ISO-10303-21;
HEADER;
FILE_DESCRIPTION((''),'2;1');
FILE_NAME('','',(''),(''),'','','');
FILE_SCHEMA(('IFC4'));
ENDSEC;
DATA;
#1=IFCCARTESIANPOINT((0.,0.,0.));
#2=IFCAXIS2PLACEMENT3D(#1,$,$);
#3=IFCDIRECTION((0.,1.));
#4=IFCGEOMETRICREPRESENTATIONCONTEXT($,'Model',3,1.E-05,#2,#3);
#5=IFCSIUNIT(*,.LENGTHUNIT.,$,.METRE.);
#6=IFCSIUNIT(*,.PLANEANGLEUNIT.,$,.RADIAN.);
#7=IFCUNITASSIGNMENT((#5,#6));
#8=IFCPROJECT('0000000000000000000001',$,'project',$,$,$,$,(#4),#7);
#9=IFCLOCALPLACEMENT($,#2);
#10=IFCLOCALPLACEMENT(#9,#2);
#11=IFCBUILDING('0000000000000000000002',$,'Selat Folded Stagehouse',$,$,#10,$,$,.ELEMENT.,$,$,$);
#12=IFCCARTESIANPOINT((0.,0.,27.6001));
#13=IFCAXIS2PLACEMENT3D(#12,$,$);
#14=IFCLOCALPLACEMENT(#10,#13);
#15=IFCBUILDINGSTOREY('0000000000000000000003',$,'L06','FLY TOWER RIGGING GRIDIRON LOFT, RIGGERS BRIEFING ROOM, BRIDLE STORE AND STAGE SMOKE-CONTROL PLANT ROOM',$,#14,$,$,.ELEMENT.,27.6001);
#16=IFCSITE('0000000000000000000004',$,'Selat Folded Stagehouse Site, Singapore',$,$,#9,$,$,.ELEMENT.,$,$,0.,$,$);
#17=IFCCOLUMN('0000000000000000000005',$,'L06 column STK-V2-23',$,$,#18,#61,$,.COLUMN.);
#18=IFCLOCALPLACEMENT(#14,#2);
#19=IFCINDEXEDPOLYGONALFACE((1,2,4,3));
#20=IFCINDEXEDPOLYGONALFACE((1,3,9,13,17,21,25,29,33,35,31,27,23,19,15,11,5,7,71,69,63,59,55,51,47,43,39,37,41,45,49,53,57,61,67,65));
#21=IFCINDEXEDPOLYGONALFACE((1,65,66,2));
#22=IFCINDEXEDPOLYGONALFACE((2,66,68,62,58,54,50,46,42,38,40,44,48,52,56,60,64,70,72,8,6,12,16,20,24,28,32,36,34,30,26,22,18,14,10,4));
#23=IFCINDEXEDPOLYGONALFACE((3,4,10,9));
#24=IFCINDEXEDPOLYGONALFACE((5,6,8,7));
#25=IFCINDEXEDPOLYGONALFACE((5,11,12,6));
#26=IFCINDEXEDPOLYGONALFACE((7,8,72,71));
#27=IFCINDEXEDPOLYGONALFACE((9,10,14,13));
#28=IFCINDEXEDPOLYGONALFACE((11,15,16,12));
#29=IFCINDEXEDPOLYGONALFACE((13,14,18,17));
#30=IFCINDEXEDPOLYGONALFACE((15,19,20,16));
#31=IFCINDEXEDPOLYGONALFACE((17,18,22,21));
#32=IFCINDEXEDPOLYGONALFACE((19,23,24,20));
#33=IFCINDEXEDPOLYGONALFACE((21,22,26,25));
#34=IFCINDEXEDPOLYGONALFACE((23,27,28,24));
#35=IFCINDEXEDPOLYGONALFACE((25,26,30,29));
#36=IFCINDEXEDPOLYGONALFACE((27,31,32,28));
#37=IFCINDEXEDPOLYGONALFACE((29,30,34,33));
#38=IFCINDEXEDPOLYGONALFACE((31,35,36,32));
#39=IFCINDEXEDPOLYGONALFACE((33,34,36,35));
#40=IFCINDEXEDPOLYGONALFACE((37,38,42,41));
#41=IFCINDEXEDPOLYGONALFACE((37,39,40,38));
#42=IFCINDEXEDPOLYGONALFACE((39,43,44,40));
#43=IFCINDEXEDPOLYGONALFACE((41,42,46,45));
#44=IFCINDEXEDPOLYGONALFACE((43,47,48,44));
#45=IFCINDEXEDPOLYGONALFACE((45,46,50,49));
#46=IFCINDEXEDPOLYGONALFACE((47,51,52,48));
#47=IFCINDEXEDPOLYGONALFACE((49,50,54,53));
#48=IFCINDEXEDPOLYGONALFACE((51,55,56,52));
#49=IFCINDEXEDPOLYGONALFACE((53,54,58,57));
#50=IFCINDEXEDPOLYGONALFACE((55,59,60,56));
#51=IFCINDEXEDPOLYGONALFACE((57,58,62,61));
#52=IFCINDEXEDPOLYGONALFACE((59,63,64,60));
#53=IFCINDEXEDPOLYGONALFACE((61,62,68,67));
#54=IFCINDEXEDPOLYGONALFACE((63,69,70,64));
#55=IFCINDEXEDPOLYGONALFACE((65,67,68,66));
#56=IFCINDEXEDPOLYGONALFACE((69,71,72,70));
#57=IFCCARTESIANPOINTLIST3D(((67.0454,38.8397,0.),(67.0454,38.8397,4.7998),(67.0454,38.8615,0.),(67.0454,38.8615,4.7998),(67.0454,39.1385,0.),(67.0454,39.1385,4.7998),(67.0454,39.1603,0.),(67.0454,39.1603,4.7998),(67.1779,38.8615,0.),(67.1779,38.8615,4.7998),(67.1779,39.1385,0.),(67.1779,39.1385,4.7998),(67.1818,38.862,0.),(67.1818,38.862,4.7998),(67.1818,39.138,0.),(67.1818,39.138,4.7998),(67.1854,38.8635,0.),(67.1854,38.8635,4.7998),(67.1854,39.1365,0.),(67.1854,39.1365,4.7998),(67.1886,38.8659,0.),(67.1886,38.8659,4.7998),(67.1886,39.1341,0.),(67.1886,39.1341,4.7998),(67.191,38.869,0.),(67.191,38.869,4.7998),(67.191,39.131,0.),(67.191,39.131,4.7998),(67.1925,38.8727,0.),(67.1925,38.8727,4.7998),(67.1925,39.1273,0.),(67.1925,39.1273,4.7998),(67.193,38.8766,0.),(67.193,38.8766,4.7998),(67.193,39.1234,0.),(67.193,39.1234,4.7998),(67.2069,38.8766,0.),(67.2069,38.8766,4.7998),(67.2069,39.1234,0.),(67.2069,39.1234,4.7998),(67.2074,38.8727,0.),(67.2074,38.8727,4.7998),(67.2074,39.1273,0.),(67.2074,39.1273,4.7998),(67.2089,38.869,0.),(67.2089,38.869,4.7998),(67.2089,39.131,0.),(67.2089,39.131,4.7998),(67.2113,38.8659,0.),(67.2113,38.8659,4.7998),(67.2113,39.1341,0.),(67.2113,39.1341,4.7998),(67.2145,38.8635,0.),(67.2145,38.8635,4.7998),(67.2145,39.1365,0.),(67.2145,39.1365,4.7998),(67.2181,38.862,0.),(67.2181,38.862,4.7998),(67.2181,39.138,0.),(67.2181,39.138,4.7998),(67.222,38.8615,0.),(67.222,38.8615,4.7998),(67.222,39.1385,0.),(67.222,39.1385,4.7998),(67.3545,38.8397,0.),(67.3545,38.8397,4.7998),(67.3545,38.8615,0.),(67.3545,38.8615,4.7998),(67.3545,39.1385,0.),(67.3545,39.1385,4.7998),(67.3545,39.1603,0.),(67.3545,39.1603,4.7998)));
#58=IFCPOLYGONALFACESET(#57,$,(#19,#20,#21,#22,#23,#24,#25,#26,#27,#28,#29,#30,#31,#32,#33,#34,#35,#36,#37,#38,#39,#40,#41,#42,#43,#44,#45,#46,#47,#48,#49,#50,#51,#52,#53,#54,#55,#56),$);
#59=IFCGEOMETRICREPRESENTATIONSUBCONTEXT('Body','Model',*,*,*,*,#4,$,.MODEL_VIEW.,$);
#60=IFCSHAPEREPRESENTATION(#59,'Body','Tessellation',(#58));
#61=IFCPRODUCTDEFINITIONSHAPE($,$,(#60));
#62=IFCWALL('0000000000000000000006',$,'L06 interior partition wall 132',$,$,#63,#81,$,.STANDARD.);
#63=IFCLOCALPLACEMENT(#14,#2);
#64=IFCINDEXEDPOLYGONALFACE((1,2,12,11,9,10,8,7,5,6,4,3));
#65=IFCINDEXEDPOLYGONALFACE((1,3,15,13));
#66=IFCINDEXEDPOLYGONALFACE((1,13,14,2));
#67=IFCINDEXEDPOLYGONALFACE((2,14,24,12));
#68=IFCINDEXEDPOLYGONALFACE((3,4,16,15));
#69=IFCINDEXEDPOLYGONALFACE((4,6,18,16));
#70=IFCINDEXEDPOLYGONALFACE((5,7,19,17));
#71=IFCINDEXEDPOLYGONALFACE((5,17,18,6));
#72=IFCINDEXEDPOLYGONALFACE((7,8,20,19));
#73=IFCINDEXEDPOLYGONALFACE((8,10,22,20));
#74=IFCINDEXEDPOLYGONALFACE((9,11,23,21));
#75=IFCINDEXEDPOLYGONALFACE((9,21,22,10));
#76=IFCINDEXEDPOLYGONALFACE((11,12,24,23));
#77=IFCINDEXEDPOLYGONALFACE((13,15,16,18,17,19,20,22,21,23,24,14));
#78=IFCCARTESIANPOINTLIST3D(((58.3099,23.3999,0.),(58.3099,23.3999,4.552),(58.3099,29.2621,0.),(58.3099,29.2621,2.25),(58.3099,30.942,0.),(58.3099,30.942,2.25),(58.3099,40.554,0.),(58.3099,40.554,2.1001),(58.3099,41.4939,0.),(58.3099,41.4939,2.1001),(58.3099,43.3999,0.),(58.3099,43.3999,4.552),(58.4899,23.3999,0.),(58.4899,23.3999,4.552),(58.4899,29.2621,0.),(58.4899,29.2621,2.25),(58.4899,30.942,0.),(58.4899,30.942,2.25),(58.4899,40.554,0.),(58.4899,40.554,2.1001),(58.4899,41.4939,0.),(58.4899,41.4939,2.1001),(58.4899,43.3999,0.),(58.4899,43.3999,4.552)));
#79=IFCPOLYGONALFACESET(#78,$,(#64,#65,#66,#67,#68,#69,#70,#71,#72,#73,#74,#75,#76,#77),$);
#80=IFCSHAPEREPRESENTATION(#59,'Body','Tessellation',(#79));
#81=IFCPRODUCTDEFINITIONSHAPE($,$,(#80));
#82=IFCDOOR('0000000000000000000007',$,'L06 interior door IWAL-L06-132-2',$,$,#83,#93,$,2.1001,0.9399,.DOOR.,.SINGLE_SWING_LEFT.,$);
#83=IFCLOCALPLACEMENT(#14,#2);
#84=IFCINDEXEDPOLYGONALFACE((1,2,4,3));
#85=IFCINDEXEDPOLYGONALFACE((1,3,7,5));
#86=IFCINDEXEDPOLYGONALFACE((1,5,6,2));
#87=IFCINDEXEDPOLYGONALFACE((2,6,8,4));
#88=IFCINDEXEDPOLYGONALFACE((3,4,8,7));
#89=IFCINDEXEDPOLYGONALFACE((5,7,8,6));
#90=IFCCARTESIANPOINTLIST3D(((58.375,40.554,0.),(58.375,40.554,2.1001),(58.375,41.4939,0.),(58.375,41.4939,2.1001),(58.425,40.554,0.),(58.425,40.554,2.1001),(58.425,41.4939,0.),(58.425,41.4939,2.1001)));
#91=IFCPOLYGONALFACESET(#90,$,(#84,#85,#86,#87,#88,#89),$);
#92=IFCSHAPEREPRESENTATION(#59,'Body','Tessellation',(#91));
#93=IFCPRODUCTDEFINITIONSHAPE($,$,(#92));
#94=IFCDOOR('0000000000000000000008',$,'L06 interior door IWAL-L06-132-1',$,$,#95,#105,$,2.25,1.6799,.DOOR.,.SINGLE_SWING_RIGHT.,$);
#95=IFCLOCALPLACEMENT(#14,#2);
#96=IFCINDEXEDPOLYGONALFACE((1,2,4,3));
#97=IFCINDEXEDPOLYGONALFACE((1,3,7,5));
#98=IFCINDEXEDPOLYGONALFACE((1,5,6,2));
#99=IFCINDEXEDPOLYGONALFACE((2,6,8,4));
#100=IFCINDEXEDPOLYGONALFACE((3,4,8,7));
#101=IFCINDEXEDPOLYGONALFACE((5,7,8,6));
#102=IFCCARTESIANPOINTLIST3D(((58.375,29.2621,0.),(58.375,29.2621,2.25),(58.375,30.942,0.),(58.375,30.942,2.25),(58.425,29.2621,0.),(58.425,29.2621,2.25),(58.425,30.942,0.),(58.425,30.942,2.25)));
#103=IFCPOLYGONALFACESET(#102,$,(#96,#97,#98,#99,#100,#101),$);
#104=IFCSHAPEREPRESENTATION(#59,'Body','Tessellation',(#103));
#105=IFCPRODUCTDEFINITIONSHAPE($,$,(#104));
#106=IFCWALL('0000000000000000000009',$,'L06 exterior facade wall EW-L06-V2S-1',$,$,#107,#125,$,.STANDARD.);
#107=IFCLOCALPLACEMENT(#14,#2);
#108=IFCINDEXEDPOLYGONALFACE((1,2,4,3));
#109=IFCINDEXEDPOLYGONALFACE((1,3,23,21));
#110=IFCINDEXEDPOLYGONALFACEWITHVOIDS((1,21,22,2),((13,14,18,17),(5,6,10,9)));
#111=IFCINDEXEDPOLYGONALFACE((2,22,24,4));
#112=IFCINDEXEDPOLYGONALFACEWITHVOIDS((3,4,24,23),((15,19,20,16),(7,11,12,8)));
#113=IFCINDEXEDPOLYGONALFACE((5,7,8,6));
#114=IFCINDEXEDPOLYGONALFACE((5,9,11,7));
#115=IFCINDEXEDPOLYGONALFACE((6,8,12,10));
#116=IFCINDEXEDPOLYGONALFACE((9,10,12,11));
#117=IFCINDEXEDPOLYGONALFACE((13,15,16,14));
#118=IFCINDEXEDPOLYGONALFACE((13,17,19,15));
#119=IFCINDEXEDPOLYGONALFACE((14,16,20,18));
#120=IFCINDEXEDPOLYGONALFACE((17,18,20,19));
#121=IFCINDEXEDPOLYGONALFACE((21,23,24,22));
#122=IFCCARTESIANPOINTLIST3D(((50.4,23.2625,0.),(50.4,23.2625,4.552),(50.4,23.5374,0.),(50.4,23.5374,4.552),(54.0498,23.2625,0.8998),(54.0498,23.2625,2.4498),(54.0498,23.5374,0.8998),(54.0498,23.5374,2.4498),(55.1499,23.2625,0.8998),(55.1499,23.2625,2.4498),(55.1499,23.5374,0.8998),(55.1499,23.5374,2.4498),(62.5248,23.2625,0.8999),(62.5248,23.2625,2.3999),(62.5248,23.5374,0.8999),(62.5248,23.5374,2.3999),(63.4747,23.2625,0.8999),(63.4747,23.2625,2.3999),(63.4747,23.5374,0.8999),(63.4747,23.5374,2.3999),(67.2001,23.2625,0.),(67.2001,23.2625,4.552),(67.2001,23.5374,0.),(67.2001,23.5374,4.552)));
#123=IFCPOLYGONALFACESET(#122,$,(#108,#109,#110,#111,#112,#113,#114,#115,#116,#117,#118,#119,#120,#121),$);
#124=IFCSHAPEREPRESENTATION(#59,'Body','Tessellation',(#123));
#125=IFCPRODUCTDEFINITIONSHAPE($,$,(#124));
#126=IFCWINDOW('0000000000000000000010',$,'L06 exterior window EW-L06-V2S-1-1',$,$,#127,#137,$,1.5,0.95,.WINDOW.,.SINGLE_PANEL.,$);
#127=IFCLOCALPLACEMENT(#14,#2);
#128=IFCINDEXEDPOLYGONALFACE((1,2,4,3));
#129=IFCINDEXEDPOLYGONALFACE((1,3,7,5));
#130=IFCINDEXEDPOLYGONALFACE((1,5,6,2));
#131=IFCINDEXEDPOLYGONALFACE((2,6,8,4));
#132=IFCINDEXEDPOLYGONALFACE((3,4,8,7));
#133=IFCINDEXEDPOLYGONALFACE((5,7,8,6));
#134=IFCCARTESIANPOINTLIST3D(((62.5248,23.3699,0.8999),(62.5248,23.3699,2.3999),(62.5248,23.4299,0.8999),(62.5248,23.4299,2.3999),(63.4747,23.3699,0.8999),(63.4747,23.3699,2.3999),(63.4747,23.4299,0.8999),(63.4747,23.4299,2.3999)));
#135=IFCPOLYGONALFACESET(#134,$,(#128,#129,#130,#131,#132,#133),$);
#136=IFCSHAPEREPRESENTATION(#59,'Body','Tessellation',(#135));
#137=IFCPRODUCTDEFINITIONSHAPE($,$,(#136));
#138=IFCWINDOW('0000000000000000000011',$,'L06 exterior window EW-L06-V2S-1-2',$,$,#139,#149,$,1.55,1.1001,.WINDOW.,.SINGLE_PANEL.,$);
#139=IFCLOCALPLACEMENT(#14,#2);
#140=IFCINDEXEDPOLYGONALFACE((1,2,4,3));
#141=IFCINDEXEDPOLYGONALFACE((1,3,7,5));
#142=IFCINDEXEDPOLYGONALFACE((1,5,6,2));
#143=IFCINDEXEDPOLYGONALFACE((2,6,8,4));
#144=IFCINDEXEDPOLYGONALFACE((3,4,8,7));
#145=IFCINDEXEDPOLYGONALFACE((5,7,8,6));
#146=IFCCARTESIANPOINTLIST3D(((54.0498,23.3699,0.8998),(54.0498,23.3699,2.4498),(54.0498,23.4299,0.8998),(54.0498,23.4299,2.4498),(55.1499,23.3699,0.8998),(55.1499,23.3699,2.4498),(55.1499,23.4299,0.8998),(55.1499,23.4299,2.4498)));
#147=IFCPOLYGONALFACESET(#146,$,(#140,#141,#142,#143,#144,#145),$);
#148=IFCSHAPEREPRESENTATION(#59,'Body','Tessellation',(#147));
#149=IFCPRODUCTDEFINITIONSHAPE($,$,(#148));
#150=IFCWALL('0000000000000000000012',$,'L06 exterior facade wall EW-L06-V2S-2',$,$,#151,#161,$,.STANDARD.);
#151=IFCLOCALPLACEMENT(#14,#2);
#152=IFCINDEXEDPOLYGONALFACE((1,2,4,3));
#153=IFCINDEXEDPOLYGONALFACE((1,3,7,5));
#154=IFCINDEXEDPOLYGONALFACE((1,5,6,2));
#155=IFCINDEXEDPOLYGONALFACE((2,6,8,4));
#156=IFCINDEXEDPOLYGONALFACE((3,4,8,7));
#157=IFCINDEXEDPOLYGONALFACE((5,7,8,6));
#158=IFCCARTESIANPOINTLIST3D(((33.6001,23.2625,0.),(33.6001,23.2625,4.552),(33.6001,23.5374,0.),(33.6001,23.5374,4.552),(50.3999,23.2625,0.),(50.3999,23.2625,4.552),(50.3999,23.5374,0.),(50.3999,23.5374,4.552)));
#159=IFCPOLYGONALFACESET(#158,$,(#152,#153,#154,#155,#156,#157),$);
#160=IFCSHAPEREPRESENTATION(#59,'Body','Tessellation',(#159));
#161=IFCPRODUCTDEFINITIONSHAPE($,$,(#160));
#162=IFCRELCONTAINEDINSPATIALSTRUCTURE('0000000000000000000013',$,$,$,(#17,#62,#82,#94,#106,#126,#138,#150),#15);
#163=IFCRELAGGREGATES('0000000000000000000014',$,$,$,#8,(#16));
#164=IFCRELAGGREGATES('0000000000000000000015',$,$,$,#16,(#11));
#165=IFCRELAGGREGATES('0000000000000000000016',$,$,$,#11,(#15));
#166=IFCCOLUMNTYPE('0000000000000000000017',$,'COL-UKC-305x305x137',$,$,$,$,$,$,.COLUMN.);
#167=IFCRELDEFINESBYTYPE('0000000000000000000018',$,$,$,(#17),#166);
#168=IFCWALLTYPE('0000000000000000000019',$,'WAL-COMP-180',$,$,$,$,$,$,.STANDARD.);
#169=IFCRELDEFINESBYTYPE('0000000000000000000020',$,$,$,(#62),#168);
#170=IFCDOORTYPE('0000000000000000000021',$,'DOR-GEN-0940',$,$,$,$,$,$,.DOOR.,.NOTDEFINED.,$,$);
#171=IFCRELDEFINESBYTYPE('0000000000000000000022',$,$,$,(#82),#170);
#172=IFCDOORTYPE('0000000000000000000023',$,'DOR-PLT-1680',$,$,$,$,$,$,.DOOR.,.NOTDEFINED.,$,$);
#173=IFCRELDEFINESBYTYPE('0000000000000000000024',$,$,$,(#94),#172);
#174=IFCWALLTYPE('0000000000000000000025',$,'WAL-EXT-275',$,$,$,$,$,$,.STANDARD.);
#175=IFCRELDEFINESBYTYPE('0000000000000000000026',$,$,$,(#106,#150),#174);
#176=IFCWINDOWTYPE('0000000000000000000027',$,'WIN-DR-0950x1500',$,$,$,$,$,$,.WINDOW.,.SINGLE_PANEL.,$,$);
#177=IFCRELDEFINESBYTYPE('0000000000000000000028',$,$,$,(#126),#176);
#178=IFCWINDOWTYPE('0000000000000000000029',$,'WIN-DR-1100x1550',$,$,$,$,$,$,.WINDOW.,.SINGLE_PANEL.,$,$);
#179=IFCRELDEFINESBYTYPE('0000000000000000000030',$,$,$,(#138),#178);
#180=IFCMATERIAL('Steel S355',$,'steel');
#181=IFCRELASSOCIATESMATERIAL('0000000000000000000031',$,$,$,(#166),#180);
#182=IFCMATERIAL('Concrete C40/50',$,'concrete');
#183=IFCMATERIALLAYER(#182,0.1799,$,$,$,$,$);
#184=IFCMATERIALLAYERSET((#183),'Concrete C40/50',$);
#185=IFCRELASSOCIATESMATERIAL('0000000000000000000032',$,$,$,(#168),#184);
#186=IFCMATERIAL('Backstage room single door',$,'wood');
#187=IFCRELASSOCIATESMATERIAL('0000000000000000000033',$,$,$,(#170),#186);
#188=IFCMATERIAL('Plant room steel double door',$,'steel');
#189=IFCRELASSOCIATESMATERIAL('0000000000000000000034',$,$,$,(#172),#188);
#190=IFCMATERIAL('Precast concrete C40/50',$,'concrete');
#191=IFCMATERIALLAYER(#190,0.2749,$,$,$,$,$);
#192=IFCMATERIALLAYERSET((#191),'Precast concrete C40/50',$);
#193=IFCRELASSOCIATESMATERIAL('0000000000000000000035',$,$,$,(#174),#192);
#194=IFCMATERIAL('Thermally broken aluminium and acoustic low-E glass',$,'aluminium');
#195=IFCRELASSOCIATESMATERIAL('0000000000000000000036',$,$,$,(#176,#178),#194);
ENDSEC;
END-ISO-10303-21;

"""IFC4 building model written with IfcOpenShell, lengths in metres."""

from ifc_helpers import new_model, si_unit, direction, frame, frame_2d, origin, origin_2d, place, context, subcontext, project, spatial, rectangle, i_section, extrude, material, layer, layer_set, material_profile, profile_set, type_object, element, fill, save


model = new_model("IFC4")

# Units and contexts
model_context = context("Model", 3, precision=1e-05, world=origin(), true_north=direction((0.0, 1.0)))
body_context = subcontext(model_context, "Body", "Model", "MODEL_VIEW")
ifc_project = project(units=[si_unit("LENGTHUNIT", "METRE"), si_unit("PLANEANGLEUNIT", "RADIAN")], contexts=[model_context])

# Site, building, storey
site_placement = place(None, origin())
site = spatial("IfcSite", under=ifc_project, at=site_placement, Name="Selat Folded Stagehouse Site, Singapore", CompositionType="ELEMENT", RefElevation=0.0)
building_placement = place(site_placement, origin())
building = spatial("IfcBuilding", under=site, at=building_placement, Name="Selat Folded Stagehouse", CompositionType="ELEMENT")
storey_placement = place(building_placement, frame((0.0, 0.0, 27.6001)))
storey = spatial("IfcBuildingStorey", under=building, at=storey_placement, Name="L06", Description="FLY TOWER RIGGING GRIDIRON LOFT, RIGGERS BRIEFING ROOM, BRIDLE STORE AND STAGE SMOKE-CONTROL PLANT ROOM", CompositionType="ELEMENT", Elevation=27.6001)

# Column
ifc_material_1 = material(Name="Steel S355", Category="steel")
ifc_material_profile = material_profile(ifc_material_1, i_section(OverallWidth=0.3091, OverallDepth=0.3206, WebThickness=0.0139, FlangeThickness=0.0217, FilletRadius=0.0151, at=origin_2d()), Name="UKC 305x305x137")
ifc_profile_set = profile_set([ifc_material_profile], Name="Steel S355")
column_type = type_object("IfcColumnType", Name="COL-UKC-305x305x137", PredefinedType="COLUMN", material=ifc_profile_set)
for number, where, z_axis, x_axis, name in (
    (1, (67.2, 39.0, 0.0), (0.0, 0.0, 1.0), (1.0, 0.0, 0.0), "L06 column STK-V2-23"),
):
    element("IfcColumn", number, at=place(storey_placement, frame(where, z_axis=z_axis, x_axis=x_axis)), inside=storey, type_object=column_type, Name=name, PredefinedType="COLUMN", context=body_context, shape_type="SweptSolid", body=[
        extrude(i_section(OverallWidth=0.3091, OverallDepth=0.3206, WebThickness=0.0139, FlangeThickness=0.0217, FilletRadius=0.0151, at=origin_2d()), origin(), (0.0, 0.0, 1.0), 4.7998),
    ])

# Wall, openings, doors
ifc_material_2 = material(Name="Concrete C40/50", Category="concrete")
ifc_layer_1 = layer(ifc_material_2, 0.1799)
ifc_layer_set_1 = layer_set([ifc_layer_1], Name="Concrete C40/50")
wall_type_1 = type_object("IfcWallType", Name="WAL-COMP-180", PredefinedType="STANDARD", material=ifc_layer_set_1)
wall_1_placement = place(storey_placement, frame((58.3999, 23.3999, 0.0), z_axis=(0.0, 0.0, 1.0), x_axis=(0.0, 1.0, 0.0)))
wall_1 = element("IfcWall", 2, at=wall_1_placement, inside=storey, type_object=wall_type_1, Name="L06 interior partition wall 132", PredefinedType="STANDARD", context=body_context, shape_type="SweptSolid", body=[
    extrude(rectangle(XDim=20.0, YDim=0.1799, at=frame_2d((10.0, 0.0))), origin(), (0.0, 0.0, 1.0), 4.552),
])
opening_1_placement = place(wall_1_placement, frame((5.8623, 0.0, 0.0)))
opening_1 = element("IfcOpeningElement", 3, at=opening_1_placement, cuts=wall_1, PredefinedType="OPENING", context=body_context, shape_type="SweptSolid", body=[
    extrude(rectangle(XDim=1.6799, YDim=2.25, at=frame_2d((0.8398, 1.125))), frame((0.0, 0.0999, 0.0), z_axis=(0.0, -1.0, 0.0), x_axis=(1.0, 0.0, 0.0)), (0.0, 0.0, 1.0), 0.2),
])
opening_2_placement = place(wall_1_placement, frame((17.1541, 0.0, 0.0)))
opening_2 = element("IfcOpeningElement", 4, at=opening_2_placement, cuts=wall_1, PredefinedType="OPENING", context=body_context, shape_type="SweptSolid", body=[
    extrude(rectangle(XDim=0.9399, YDim=2.1001, at=frame_2d((0.47, 1.05))), frame((0.0, 0.0999, 0.0), z_axis=(0.0, -1.0, 0.0), x_axis=(1.0, 0.0, 0.0)), (0.0, 0.0, 1.0), 0.2),
])
ifc_material_3 = material(Name="Backstage room single door", Category="wood")
door_type_1 = type_object("IfcDoorType", Name="DOR-GEN-0940", OperationType="NOTDEFINED", PredefinedType="DOOR", material=ifc_material_3)
door_1_placement = place(opening_2_placement, origin())
door_1 = element("IfcDoor", 5, at=door_1_placement, inside=storey, type_object=door_type_1, Name="L06 interior door IWAL-L06-132-2", OperationType="SINGLE_SWING_LEFT", OverallHeight=2.1001, OverallWidth=0.9399, PredefinedType="DOOR", context=body_context, shape_type="SweptSolid", body=[
    extrude(rectangle(XDim=0.9399, YDim=2.1001, at=frame_2d((0.47, 1.05))), frame((0.0, 0.0249, 0.0), z_axis=(0.0, -1.0, 0.0), x_axis=(1.0, 0.0, 0.0)), (0.0, 0.0, 1.0), 0.05),
])
fill(opening_2, door_1)
ifc_material_4 = material(Name="Plant room steel double door", Category="steel")
door_type_2 = type_object("IfcDoorType", Name="DOR-PLT-1680", OperationType="NOTDEFINED", PredefinedType="DOOR", material=ifc_material_4)
door_2_placement = place(opening_1_placement, origin())
door_2 = element("IfcDoor", 6, at=door_2_placement, inside=storey, type_object=door_type_2, Name="L06 interior door IWAL-L06-132-1", OperationType="SINGLE_SWING_RIGHT", OverallHeight=2.25, OverallWidth=1.6799, PredefinedType="DOOR", context=body_context, shape_type="SweptSolid", body=[
    extrude(rectangle(XDim=1.6799, YDim=2.25, at=frame_2d((0.8398, 1.125))), frame((0.0, 0.0249, 0.0), z_axis=(0.0, -1.0, 0.0), x_axis=(1.0, 0.0, 0.0)), (0.0, 0.0, 1.0), 0.05),
])
fill(opening_1, door_2)

# Wall, openings, windows
ifc_material_5 = material(Name="Precast concrete C40/50", Category="concrete")
ifc_layer_2 = layer(ifc_material_5, 0.2749)
ifc_layer_set_2 = layer_set([ifc_layer_2], Name="Precast concrete C40/50")
wall_type_2 = type_object("IfcWallType", Name="WAL-EXT-275", PredefinedType="STANDARD", material=ifc_layer_set_2)
wall_2_placement = place(storey_placement, frame((67.2, 23.3999, 0.0), z_axis=(0.0, 0.0, 1.0), x_axis=(-1.0, 0.0, 0.0)))
wall_2 = element("IfcWall", 7, at=wall_2_placement, inside=storey, type_object=wall_type_2, Name="L06 exterior facade wall EW-L06-V2S-1", PredefinedType="STANDARD", context=body_context, shape_type="SweptSolid", body=[
    extrude(rectangle(XDim=16.8, YDim=0.2749, at=frame_2d((8.3999, 0.0))), origin(), (0.0, 0.0, 1.0), 4.552),
])
opening_3_placement = place(wall_2_placement, frame((3.7251, 0.0, 0.8999)))
opening_3 = element("IfcOpeningElement", 8, at=opening_3_placement, cuts=wall_2, PredefinedType="OPENING", context=body_context, shape_type="SweptSolid", body=[
    extrude(rectangle(XDim=0.95, YDim=1.5, at=frame_2d((0.4751, 0.75))), frame((0.0, 0.1475, 0.0), z_axis=(0.0, -1.0, 0.0), x_axis=(1.0, 0.0, 0.0)), (0.0, 0.0, 1.0), 0.2949),
])
opening_4_placement = place(wall_2_placement, frame((12.05, 0.0, 0.8999)))
opening_4 = element("IfcOpeningElement", 9, at=opening_4_placement, cuts=wall_2, PredefinedType="OPENING", context=body_context, shape_type="SweptSolid", body=[
    extrude(rectangle(XDim=1.1001, YDim=1.55, at=frame_2d((0.55, 0.7749))), frame((0.0, 0.1475, 0.0), z_axis=(0.0, -1.0, 0.0), x_axis=(1.0, 0.0, 0.0)), (0.0, 0.0, 1.0), 0.2949),
])
ifc_material_6 = material(Name="Thermally broken aluminium and acoustic low-E glass", Category="aluminium")
window_type_1 = type_object("IfcWindowType", Name="WIN-DR-0950x1500", PartitioningType="SINGLE_PANEL", PredefinedType="WINDOW", material=ifc_material_6)
window_1_placement = place(opening_3_placement, origin())
window_1 = element("IfcWindow", 10, at=window_1_placement, inside=storey, type_object=window_type_1, Name="L06 exterior window EW-L06-V2S-1-1", OverallHeight=1.5, OverallWidth=0.95, PartitioningType="SINGLE_PANEL", PredefinedType="WINDOW", context=body_context, shape_type="SweptSolid", body=[
    extrude(rectangle(XDim=0.95, YDim=1.5, at=frame_2d((0.4751, 0.75))), frame((0.0, 0.03, 0.0), z_axis=(0.0, -1.0, 0.0), x_axis=(1.0, 0.0, 0.0)), (0.0, 0.0, 1.0), 0.0601),
])
fill(opening_3, window_1)
window_type_2 = type_object("IfcWindowType", Name="WIN-DR-1100x1550", PartitioningType="SINGLE_PANEL", PredefinedType="WINDOW", material=ifc_material_6)
window_2_placement = place(opening_4_placement, origin())
window_2 = element("IfcWindow", 11, at=window_2_placement, inside=storey, type_object=window_type_2, Name="L06 exterior window EW-L06-V2S-1-2", OverallHeight=1.55, OverallWidth=1.1001, PartitioningType="SINGLE_PANEL", PredefinedType="WINDOW", context=body_context, shape_type="SweptSolid", body=[
    extrude(rectangle(XDim=1.1001, YDim=1.55, at=frame_2d((0.55, 0.7749))), frame((0.0, 0.03, 0.0), z_axis=(0.0, -1.0, 0.0), x_axis=(1.0, 0.0, 0.0)), (0.0, 0.0, 1.0), 0.0601),
])
fill(opening_4, window_2)

# Wall
wall_3_placement = place(storey_placement, frame((50.3999, 23.3999, 0.0), z_axis=(0.0, 0.0, 1.0), x_axis=(-1.0, 0.0, 0.0)))
element("IfcWall", 12, at=wall_3_placement, inside=storey, type_object=wall_type_2, Name="L06 exterior facade wall EW-L06-V2S-2", PredefinedType="STANDARD", context=body_context, shape_type="SweptSolid", body=[
    extrude(rectangle(XDim=16.7998, YDim=0.2749, at=frame_2d((8.3999, 0.0))), origin(), (0.0, 0.0, 1.0), 4.552),
])

save(model, "model.ifc")
